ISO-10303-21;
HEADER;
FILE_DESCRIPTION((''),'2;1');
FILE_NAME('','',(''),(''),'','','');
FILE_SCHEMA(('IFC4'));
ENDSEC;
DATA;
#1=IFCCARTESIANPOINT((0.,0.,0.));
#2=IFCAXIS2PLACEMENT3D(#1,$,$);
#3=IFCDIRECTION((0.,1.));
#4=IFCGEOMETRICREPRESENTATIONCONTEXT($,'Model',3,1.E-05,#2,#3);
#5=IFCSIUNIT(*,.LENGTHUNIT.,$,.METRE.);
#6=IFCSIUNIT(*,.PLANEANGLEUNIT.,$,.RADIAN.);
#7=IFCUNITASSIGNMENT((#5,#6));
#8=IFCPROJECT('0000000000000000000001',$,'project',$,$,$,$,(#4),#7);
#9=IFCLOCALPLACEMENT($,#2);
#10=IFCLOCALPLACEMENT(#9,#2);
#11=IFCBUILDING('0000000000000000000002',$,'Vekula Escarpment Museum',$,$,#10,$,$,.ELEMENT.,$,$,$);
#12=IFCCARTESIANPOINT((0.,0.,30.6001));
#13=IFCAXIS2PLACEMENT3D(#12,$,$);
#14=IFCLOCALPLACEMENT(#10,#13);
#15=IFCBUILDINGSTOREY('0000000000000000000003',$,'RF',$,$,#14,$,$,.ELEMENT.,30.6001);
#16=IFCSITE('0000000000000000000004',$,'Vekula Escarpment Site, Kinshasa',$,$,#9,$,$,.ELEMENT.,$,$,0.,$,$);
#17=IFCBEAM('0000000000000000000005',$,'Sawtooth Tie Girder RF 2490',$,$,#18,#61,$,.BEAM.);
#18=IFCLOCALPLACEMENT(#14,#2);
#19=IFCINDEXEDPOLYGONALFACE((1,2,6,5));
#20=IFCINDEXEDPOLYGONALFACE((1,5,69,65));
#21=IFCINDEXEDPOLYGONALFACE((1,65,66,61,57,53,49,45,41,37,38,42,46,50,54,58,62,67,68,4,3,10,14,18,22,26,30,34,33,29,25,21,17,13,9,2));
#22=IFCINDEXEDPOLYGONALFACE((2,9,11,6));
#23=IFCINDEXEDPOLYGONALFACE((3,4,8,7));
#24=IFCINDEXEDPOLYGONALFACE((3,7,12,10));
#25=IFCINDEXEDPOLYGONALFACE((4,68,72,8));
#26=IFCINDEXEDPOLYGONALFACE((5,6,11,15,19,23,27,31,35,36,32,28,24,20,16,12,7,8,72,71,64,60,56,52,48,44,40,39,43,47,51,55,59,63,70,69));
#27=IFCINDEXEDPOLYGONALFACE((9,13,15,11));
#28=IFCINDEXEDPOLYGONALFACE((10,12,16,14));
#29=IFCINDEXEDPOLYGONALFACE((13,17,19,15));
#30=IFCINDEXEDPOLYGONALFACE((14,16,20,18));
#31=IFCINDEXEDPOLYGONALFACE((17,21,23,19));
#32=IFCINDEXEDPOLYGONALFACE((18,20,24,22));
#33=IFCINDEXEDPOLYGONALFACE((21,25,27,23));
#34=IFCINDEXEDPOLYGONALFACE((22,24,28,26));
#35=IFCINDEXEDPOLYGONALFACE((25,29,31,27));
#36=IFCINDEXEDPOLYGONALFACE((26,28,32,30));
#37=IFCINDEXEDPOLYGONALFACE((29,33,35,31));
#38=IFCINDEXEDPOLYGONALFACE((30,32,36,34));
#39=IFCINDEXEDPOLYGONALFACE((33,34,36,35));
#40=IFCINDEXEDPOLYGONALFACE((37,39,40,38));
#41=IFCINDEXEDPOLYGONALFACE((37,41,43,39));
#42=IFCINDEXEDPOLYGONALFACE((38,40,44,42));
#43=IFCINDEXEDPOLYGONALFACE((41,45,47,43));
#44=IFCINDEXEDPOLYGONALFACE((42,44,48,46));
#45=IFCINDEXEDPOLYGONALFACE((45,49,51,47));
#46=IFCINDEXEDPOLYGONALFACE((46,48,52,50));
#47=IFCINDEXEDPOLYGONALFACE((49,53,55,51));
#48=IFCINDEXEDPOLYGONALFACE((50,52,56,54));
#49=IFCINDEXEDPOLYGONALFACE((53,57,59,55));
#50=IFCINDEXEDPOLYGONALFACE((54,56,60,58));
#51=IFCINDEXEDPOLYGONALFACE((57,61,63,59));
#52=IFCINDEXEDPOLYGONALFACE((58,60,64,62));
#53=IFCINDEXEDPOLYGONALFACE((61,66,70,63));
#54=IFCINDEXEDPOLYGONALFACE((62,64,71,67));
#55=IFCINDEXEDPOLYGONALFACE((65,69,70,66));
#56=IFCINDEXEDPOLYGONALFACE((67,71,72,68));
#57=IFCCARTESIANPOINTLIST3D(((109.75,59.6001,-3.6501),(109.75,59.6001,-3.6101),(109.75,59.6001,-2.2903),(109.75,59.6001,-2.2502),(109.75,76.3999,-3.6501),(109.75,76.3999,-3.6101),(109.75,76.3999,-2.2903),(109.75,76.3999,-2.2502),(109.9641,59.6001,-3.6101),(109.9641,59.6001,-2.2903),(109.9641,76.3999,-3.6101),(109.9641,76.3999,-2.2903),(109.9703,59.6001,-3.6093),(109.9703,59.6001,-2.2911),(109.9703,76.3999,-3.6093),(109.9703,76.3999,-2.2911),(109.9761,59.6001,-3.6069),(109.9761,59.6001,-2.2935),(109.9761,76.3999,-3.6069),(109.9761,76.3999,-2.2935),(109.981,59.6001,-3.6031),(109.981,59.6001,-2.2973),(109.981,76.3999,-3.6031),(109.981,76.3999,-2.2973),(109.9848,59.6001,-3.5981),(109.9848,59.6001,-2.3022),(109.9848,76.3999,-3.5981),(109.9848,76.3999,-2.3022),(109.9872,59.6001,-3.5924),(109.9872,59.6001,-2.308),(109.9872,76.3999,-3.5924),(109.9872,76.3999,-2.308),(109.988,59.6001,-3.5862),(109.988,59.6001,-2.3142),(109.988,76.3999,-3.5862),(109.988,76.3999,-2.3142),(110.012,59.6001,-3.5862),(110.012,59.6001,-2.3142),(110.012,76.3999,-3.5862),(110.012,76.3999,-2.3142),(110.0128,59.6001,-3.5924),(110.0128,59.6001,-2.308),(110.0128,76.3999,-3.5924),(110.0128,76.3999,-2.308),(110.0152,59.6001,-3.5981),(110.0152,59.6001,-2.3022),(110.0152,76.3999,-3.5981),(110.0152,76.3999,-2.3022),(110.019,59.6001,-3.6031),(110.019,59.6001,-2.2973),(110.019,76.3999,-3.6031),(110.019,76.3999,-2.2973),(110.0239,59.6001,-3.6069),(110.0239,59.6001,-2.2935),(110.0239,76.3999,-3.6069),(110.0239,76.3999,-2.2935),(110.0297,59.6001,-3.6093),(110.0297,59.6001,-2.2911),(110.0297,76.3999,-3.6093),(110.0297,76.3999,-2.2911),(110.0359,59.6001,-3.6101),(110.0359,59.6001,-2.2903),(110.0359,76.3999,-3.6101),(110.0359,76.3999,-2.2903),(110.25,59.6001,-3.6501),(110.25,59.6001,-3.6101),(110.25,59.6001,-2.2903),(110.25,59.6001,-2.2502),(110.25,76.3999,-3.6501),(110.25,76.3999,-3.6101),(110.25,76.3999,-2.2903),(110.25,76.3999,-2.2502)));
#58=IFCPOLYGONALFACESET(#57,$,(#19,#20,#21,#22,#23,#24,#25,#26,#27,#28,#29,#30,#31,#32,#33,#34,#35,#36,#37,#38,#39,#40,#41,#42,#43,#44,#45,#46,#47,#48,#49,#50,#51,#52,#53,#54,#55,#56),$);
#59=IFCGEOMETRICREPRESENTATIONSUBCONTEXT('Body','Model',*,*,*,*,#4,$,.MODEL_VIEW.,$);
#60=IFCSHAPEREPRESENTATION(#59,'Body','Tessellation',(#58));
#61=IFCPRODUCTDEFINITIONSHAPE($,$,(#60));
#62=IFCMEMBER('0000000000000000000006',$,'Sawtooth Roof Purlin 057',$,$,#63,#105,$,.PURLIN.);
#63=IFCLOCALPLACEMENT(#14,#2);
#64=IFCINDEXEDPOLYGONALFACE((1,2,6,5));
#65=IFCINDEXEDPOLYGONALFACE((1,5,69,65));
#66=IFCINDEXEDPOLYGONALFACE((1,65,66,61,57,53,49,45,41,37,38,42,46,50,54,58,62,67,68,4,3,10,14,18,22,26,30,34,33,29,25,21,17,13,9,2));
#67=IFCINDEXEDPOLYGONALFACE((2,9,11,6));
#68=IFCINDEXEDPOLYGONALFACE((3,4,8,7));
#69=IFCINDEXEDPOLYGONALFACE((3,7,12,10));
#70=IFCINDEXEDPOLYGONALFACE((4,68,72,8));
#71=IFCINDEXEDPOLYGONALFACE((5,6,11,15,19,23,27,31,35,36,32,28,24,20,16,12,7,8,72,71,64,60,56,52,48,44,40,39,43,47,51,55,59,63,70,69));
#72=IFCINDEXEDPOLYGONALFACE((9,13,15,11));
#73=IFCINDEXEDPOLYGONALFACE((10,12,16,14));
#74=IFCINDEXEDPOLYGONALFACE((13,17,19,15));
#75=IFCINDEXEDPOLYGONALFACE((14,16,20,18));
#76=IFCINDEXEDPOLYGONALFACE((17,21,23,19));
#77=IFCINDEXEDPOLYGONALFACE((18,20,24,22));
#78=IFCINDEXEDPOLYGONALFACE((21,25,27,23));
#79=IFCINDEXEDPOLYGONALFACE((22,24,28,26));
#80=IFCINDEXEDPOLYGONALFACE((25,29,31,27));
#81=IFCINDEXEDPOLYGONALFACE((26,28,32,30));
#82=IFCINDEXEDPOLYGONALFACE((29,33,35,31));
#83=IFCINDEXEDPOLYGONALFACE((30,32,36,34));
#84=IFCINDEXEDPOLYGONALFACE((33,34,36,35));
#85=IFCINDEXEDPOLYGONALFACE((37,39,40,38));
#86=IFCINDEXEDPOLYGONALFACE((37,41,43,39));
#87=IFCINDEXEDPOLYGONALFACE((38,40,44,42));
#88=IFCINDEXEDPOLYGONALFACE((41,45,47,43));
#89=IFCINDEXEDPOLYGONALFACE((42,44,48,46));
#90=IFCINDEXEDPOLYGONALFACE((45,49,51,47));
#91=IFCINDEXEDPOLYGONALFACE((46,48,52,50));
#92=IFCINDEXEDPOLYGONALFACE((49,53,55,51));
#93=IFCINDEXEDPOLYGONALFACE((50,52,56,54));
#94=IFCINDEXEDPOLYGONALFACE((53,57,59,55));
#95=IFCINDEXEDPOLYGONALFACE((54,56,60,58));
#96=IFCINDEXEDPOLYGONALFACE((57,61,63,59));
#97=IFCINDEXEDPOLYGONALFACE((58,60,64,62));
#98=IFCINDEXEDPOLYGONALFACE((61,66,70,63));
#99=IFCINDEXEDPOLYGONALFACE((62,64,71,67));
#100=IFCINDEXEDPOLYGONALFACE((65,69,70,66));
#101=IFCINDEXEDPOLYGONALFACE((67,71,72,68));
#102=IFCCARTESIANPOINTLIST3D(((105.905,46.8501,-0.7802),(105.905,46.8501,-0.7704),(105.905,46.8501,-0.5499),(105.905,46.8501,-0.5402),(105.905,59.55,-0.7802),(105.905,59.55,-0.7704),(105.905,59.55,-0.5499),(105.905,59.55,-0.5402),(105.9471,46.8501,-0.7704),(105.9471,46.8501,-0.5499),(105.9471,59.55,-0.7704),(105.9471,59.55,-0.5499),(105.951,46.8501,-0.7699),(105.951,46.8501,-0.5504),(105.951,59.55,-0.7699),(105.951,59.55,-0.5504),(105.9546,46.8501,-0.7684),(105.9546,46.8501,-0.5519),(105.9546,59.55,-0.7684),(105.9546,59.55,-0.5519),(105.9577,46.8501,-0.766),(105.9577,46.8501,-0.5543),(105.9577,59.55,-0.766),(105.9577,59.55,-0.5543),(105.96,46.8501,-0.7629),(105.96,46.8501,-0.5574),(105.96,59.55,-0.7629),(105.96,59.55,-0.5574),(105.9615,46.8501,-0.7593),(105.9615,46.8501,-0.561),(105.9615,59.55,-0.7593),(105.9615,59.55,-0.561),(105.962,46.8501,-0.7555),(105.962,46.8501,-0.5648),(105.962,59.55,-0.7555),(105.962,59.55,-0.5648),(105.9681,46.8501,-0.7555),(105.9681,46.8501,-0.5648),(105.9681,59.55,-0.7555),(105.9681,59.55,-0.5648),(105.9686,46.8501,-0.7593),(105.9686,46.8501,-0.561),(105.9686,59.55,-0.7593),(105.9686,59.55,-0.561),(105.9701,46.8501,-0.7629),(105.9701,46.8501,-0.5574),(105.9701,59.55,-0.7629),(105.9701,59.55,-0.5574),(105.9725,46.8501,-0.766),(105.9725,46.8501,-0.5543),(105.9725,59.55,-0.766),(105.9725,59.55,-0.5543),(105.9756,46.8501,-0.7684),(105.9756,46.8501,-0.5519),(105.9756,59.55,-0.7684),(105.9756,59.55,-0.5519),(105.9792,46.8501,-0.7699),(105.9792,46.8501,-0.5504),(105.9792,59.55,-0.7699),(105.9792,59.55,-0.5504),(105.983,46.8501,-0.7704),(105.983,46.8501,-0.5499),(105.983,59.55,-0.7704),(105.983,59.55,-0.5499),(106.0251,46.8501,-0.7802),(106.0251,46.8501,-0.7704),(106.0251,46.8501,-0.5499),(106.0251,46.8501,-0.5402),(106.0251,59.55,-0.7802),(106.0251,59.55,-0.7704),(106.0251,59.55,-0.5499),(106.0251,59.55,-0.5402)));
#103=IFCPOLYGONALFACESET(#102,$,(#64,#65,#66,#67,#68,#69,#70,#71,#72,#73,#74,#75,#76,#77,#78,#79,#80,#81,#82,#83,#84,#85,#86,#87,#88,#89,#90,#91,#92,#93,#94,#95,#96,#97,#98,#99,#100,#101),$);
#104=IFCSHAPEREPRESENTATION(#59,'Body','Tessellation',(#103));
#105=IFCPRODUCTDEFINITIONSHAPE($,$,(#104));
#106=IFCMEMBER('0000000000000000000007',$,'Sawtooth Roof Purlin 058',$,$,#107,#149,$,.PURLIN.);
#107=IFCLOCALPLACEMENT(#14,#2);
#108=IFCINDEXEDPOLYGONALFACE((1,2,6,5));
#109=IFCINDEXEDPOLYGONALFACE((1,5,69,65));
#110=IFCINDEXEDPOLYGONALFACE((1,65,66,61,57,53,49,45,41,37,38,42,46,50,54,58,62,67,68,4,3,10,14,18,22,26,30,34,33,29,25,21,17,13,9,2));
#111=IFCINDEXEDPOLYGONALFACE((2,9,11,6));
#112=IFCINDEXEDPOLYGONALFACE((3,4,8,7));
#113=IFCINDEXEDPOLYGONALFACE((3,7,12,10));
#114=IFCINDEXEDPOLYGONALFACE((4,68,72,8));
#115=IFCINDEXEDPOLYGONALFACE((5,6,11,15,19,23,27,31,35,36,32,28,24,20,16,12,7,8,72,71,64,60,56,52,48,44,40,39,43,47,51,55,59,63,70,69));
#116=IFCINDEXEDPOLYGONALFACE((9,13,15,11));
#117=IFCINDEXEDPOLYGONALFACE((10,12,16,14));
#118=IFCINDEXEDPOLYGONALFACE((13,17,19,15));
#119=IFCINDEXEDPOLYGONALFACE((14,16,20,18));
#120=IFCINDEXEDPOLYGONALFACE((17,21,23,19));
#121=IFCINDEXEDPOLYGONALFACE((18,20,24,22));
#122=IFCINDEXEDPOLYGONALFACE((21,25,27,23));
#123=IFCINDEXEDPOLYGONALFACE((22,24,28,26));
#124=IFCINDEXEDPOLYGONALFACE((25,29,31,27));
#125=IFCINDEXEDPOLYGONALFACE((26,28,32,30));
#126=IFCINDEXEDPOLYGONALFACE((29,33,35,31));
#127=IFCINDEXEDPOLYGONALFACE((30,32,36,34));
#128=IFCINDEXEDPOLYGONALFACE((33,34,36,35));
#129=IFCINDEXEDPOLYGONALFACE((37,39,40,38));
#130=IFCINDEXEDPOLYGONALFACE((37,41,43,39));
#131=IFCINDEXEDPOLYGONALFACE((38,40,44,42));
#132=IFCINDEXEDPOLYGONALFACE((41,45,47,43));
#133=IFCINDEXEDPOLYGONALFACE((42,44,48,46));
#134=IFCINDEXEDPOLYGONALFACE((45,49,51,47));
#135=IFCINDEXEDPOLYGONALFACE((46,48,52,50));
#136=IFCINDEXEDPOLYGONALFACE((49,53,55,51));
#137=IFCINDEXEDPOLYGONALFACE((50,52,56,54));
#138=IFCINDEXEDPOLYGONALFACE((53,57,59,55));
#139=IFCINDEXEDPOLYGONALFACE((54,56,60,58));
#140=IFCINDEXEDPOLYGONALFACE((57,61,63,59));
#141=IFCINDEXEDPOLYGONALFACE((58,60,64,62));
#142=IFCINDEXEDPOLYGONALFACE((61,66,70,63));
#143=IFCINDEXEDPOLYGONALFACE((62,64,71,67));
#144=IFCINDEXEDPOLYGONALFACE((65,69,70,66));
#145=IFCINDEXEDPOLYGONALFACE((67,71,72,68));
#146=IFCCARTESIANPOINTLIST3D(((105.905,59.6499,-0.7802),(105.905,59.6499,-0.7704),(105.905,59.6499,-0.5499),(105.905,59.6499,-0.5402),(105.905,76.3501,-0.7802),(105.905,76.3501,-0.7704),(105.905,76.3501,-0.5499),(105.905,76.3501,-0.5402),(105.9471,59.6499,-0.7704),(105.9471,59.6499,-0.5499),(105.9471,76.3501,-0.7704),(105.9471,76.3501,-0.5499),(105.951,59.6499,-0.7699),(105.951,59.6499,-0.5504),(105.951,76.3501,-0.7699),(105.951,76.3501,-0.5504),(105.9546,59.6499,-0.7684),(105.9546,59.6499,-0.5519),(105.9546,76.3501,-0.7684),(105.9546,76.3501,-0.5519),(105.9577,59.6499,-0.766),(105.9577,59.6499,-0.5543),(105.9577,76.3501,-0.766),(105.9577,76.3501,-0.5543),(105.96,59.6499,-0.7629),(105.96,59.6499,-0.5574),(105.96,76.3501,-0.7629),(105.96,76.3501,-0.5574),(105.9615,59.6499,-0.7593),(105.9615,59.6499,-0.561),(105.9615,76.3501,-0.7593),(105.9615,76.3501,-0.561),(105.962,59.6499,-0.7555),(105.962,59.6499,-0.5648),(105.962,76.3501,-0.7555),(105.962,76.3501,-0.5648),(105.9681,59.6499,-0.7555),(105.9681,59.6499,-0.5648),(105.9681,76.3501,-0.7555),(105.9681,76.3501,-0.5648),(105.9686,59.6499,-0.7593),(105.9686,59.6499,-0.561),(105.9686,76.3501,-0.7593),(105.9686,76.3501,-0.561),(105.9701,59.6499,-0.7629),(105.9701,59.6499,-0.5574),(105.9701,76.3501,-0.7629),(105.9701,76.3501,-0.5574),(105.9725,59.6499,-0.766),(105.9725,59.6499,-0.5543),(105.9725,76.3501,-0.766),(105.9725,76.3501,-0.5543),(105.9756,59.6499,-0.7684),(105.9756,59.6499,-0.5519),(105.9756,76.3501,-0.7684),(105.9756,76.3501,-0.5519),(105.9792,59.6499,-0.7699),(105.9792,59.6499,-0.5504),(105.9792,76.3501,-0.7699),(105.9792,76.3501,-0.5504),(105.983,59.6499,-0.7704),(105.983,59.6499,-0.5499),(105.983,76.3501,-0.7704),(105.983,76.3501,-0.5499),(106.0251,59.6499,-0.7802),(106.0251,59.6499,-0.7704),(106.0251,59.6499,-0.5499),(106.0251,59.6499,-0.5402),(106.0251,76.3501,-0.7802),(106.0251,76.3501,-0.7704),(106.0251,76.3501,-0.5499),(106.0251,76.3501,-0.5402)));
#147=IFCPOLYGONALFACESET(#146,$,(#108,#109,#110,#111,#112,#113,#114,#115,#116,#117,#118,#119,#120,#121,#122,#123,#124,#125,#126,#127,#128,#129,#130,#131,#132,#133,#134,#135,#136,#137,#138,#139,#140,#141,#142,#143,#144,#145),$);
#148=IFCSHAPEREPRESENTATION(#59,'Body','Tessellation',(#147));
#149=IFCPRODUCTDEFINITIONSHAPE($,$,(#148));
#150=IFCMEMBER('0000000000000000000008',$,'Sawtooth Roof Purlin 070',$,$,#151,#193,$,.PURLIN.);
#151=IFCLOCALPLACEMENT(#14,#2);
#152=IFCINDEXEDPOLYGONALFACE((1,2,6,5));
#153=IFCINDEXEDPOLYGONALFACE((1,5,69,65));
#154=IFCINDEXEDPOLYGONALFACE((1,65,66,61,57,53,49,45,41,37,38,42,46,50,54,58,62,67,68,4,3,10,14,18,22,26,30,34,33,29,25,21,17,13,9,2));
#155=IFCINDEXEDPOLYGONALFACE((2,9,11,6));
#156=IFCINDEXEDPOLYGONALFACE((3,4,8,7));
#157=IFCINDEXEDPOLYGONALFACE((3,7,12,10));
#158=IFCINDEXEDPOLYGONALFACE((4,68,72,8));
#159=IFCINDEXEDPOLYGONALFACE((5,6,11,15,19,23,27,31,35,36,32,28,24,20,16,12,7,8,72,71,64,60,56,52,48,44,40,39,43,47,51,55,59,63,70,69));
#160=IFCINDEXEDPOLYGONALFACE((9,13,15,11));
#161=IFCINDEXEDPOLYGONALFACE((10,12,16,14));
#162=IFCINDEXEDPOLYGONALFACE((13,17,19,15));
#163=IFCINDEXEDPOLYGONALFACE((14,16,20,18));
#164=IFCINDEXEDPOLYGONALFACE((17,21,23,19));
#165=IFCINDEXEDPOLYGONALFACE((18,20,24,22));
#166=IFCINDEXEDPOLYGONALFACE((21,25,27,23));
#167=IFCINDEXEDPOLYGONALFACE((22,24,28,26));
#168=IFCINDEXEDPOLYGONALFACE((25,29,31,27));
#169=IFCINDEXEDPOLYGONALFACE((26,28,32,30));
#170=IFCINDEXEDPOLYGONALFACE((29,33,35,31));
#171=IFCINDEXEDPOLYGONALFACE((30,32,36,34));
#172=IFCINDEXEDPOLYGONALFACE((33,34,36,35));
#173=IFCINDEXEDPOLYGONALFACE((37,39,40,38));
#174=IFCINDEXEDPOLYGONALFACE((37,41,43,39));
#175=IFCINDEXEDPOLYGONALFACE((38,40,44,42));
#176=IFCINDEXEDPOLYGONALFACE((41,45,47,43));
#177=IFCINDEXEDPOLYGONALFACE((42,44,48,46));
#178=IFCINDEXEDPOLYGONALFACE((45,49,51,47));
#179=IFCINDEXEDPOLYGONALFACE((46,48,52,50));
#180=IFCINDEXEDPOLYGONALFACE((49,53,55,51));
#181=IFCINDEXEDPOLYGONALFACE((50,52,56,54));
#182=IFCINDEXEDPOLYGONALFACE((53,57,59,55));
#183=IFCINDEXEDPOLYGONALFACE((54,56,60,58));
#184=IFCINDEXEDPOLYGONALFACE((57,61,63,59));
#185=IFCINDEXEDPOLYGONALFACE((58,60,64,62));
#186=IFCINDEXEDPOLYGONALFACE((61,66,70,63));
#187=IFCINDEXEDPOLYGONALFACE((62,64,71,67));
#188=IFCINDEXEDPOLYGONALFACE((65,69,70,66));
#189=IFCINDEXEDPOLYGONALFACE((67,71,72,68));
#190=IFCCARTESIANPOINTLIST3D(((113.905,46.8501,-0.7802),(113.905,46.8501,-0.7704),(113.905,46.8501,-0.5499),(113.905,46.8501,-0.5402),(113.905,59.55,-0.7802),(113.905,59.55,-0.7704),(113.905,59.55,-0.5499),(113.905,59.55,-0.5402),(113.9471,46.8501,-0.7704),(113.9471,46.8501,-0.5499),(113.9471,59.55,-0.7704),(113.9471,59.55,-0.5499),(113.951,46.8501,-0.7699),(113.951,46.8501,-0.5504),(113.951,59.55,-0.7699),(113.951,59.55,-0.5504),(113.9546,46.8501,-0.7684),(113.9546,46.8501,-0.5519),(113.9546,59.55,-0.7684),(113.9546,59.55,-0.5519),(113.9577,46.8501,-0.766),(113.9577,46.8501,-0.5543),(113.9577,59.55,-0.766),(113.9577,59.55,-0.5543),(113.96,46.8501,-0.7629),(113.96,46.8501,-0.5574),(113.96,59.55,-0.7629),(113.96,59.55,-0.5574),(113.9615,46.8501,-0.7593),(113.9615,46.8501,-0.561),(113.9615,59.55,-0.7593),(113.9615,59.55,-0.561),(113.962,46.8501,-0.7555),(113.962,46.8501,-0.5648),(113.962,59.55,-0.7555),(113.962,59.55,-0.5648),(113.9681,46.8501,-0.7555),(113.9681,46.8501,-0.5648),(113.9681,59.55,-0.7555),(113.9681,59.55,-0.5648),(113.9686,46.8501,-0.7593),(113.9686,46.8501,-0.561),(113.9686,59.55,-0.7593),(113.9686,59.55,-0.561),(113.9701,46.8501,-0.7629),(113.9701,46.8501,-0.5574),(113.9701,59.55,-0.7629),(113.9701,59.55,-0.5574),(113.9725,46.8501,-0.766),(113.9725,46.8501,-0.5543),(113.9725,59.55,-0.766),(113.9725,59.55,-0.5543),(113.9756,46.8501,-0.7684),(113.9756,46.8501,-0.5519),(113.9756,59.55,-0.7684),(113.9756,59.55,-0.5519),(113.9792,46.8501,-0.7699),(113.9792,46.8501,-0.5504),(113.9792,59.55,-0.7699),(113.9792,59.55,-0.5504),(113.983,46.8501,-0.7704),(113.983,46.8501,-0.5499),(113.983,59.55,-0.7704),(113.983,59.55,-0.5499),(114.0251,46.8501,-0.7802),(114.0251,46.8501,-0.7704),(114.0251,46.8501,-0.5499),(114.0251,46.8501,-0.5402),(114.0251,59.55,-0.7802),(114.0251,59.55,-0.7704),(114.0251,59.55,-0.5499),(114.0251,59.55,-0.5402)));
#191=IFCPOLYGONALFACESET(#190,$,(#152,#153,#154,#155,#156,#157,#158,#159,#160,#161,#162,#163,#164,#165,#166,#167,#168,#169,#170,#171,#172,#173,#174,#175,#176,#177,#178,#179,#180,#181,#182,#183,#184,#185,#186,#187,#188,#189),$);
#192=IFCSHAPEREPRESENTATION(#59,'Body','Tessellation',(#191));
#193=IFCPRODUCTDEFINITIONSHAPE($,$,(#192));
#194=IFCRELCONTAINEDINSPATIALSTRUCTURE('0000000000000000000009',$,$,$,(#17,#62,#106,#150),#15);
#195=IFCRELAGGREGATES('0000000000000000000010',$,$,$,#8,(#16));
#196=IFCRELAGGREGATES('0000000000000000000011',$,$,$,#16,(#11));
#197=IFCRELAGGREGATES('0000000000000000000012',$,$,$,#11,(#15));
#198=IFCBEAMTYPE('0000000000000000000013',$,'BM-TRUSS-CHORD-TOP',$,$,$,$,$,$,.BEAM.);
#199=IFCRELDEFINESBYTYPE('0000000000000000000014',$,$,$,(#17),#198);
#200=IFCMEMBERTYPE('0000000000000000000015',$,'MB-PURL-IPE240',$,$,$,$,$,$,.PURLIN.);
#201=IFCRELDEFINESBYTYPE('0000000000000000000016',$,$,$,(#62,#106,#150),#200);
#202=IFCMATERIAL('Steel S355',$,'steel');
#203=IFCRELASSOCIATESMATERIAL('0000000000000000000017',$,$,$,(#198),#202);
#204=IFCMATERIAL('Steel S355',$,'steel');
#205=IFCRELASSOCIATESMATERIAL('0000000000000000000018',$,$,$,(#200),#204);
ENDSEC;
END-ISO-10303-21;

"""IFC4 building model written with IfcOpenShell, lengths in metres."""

from ifc_helpers import new_model, si_unit, direction, frame, origin, origin_2d, place, context, subcontext, project, spatial, i_section, extrude, material, material_profile, profile_set, type_object, element, save


model = new_model("IFC4")

# Units and contexts
model_context = context("Model", 3, precision=1e-05, world=origin(), true_north=direction((0.0, 1.0)))
body_context = subcontext(model_context, "Body", "Model", "MODEL_VIEW")
ifc_project = project(units=[si_unit("LENGTHUNIT", "METRE"), si_unit("PLANEANGLEUNIT", "RADIAN")], contexts=[model_context])

# Site, building, storey
site_placement = place(None, origin())
site = spatial("IfcSite", under=ifc_project, at=site_placement, Name="Vekula Escarpment Site, Kinshasa", CompositionType="ELEMENT", RefElevation=0.0)
building_placement = place(site_placement, origin())
building = spatial("IfcBuilding", under=site, at=building_placement, Name="Vekula Escarpment Museum", CompositionType="ELEMENT")
storey_placement = place(building_placement, frame((0.0, 0.0, 30.6001)))
storey = spatial("IfcBuildingStorey", under=building, at=storey_placement, Name="RF", CompositionType="ELEMENT", Elevation=30.6001)

# Beam
ifc_material_1 = material(Name="Steel S355", Category="steel")
ifc_material_profile_1 = material_profile(ifc_material_1, i_section(OverallWidth=0.5, OverallDepth=1.3999, WebThickness=0.0239, FlangeThickness=0.04, FilletRadius=0.0239, at=origin_2d()), Name="WPG 1400x500")
ifc_profile_set_1 = profile_set([ifc_material_profile_1], Name="Steel S355")
beam_type_1 = type_object("IfcBeamType", Name="BM-TRUSS-CHORD-TOP", PredefinedType="BEAM", material=ifc_profile_set_1)
beam_1_placement = place(storey_placement, frame((110.0, 59.6001, -2.9502), z_axis=(0.0, 1.0, 0.0), x_axis=(-1.0, 0.0, 0.0)))
element("IfcBeam", 1, at=beam_1_placement, inside=storey, type_object=beam_type_1, Name="Sawtooth Tie Girder RF 2490", PredefinedType="BEAM", context=body_context, shape_type="SweptSolid", body=[
    extrude(i_section(OverallWidth=0.5, OverallDepth=1.3999, WebThickness=0.0239, FlangeThickness=0.04, FilletRadius=0.0239, at=origin_2d()), origin(), (0.0, 0.0, 1.0), 16.7998),
])

# Members
ifc_material_2 = material(Name="Steel S355", Category="steel")
ifc_material_profile_2 = material_profile(ifc_material_2, i_section(OverallWidth=0.1201, OverallDepth=0.24, WebThickness=0.0061, FlangeThickness=0.0098, FilletRadius=0.0149, at=origin_2d()), Name="IPE 240")
ifc_profile_set_2 = profile_set([ifc_material_profile_2], Name="Steel S355")
member_type_1 = type_object("IfcMemberType", Name="MB-PURL-IPE240", PredefinedType="PURLIN", material=ifc_profile_set_2)
member_1_placement = place(storey_placement, frame((105.9651, 46.8501, -0.6602), z_axis=(0.0, 1.0, 0.0), x_axis=(-1.0, 0.0, 0.0)))
element("IfcMember", 2, at=member_1_placement, inside=storey, type_object=member_type_1, Name="Sawtooth Roof Purlin 057", PredefinedType="PURLIN", context=body_context, shape_type="SweptSolid", body=[
    extrude(i_section(OverallWidth=0.1201, OverallDepth=0.24, WebThickness=0.0061, FlangeThickness=0.0098, FilletRadius=0.0149, at=origin_2d()), origin(), (0.0, 0.0, 1.0), 12.7),
])
member_2_placement = place(storey_placement, frame((105.9651, 59.6499, -0.6602), z_axis=(0.0, 1.0, 0.0), x_axis=(-1.0, 0.0, 0.0)))
element("IfcMember", 3, at=member_2_placement, inside=storey, type_object=member_type_1, Name="Sawtooth Roof Purlin 058", PredefinedType="PURLIN", context=body_context, shape_type="SweptSolid", body=[
    extrude(i_section(OverallWidth=0.1201, OverallDepth=0.24, WebThickness=0.0061, FlangeThickness=0.0098, FilletRadius=0.0149, at=origin_2d()), origin(), (0.0, 0.0, 1.0), 16.7002),
])
member_3_placement = place(storey_placement, frame((113.9651, 46.8501, -0.6602), z_axis=(0.0, 1.0, 0.0), x_axis=(-1.0, 0.0, 0.0)))
element("IfcMember", 4, at=member_3_placement, inside=storey, type_object=member_type_1, Name="Sawtooth Roof Purlin 070", PredefinedType="PURLIN", context=body_context, shape_type="SweptSolid", body=[
    extrude(i_section(OverallWidth=0.1201, OverallDepth=0.24, WebThickness=0.0061, FlangeThickness=0.0098, FilletRadius=0.0149, at=origin_2d()), origin(), (0.0, 0.0, 1.0), 12.7),
])

save(model, "model.ifc")
